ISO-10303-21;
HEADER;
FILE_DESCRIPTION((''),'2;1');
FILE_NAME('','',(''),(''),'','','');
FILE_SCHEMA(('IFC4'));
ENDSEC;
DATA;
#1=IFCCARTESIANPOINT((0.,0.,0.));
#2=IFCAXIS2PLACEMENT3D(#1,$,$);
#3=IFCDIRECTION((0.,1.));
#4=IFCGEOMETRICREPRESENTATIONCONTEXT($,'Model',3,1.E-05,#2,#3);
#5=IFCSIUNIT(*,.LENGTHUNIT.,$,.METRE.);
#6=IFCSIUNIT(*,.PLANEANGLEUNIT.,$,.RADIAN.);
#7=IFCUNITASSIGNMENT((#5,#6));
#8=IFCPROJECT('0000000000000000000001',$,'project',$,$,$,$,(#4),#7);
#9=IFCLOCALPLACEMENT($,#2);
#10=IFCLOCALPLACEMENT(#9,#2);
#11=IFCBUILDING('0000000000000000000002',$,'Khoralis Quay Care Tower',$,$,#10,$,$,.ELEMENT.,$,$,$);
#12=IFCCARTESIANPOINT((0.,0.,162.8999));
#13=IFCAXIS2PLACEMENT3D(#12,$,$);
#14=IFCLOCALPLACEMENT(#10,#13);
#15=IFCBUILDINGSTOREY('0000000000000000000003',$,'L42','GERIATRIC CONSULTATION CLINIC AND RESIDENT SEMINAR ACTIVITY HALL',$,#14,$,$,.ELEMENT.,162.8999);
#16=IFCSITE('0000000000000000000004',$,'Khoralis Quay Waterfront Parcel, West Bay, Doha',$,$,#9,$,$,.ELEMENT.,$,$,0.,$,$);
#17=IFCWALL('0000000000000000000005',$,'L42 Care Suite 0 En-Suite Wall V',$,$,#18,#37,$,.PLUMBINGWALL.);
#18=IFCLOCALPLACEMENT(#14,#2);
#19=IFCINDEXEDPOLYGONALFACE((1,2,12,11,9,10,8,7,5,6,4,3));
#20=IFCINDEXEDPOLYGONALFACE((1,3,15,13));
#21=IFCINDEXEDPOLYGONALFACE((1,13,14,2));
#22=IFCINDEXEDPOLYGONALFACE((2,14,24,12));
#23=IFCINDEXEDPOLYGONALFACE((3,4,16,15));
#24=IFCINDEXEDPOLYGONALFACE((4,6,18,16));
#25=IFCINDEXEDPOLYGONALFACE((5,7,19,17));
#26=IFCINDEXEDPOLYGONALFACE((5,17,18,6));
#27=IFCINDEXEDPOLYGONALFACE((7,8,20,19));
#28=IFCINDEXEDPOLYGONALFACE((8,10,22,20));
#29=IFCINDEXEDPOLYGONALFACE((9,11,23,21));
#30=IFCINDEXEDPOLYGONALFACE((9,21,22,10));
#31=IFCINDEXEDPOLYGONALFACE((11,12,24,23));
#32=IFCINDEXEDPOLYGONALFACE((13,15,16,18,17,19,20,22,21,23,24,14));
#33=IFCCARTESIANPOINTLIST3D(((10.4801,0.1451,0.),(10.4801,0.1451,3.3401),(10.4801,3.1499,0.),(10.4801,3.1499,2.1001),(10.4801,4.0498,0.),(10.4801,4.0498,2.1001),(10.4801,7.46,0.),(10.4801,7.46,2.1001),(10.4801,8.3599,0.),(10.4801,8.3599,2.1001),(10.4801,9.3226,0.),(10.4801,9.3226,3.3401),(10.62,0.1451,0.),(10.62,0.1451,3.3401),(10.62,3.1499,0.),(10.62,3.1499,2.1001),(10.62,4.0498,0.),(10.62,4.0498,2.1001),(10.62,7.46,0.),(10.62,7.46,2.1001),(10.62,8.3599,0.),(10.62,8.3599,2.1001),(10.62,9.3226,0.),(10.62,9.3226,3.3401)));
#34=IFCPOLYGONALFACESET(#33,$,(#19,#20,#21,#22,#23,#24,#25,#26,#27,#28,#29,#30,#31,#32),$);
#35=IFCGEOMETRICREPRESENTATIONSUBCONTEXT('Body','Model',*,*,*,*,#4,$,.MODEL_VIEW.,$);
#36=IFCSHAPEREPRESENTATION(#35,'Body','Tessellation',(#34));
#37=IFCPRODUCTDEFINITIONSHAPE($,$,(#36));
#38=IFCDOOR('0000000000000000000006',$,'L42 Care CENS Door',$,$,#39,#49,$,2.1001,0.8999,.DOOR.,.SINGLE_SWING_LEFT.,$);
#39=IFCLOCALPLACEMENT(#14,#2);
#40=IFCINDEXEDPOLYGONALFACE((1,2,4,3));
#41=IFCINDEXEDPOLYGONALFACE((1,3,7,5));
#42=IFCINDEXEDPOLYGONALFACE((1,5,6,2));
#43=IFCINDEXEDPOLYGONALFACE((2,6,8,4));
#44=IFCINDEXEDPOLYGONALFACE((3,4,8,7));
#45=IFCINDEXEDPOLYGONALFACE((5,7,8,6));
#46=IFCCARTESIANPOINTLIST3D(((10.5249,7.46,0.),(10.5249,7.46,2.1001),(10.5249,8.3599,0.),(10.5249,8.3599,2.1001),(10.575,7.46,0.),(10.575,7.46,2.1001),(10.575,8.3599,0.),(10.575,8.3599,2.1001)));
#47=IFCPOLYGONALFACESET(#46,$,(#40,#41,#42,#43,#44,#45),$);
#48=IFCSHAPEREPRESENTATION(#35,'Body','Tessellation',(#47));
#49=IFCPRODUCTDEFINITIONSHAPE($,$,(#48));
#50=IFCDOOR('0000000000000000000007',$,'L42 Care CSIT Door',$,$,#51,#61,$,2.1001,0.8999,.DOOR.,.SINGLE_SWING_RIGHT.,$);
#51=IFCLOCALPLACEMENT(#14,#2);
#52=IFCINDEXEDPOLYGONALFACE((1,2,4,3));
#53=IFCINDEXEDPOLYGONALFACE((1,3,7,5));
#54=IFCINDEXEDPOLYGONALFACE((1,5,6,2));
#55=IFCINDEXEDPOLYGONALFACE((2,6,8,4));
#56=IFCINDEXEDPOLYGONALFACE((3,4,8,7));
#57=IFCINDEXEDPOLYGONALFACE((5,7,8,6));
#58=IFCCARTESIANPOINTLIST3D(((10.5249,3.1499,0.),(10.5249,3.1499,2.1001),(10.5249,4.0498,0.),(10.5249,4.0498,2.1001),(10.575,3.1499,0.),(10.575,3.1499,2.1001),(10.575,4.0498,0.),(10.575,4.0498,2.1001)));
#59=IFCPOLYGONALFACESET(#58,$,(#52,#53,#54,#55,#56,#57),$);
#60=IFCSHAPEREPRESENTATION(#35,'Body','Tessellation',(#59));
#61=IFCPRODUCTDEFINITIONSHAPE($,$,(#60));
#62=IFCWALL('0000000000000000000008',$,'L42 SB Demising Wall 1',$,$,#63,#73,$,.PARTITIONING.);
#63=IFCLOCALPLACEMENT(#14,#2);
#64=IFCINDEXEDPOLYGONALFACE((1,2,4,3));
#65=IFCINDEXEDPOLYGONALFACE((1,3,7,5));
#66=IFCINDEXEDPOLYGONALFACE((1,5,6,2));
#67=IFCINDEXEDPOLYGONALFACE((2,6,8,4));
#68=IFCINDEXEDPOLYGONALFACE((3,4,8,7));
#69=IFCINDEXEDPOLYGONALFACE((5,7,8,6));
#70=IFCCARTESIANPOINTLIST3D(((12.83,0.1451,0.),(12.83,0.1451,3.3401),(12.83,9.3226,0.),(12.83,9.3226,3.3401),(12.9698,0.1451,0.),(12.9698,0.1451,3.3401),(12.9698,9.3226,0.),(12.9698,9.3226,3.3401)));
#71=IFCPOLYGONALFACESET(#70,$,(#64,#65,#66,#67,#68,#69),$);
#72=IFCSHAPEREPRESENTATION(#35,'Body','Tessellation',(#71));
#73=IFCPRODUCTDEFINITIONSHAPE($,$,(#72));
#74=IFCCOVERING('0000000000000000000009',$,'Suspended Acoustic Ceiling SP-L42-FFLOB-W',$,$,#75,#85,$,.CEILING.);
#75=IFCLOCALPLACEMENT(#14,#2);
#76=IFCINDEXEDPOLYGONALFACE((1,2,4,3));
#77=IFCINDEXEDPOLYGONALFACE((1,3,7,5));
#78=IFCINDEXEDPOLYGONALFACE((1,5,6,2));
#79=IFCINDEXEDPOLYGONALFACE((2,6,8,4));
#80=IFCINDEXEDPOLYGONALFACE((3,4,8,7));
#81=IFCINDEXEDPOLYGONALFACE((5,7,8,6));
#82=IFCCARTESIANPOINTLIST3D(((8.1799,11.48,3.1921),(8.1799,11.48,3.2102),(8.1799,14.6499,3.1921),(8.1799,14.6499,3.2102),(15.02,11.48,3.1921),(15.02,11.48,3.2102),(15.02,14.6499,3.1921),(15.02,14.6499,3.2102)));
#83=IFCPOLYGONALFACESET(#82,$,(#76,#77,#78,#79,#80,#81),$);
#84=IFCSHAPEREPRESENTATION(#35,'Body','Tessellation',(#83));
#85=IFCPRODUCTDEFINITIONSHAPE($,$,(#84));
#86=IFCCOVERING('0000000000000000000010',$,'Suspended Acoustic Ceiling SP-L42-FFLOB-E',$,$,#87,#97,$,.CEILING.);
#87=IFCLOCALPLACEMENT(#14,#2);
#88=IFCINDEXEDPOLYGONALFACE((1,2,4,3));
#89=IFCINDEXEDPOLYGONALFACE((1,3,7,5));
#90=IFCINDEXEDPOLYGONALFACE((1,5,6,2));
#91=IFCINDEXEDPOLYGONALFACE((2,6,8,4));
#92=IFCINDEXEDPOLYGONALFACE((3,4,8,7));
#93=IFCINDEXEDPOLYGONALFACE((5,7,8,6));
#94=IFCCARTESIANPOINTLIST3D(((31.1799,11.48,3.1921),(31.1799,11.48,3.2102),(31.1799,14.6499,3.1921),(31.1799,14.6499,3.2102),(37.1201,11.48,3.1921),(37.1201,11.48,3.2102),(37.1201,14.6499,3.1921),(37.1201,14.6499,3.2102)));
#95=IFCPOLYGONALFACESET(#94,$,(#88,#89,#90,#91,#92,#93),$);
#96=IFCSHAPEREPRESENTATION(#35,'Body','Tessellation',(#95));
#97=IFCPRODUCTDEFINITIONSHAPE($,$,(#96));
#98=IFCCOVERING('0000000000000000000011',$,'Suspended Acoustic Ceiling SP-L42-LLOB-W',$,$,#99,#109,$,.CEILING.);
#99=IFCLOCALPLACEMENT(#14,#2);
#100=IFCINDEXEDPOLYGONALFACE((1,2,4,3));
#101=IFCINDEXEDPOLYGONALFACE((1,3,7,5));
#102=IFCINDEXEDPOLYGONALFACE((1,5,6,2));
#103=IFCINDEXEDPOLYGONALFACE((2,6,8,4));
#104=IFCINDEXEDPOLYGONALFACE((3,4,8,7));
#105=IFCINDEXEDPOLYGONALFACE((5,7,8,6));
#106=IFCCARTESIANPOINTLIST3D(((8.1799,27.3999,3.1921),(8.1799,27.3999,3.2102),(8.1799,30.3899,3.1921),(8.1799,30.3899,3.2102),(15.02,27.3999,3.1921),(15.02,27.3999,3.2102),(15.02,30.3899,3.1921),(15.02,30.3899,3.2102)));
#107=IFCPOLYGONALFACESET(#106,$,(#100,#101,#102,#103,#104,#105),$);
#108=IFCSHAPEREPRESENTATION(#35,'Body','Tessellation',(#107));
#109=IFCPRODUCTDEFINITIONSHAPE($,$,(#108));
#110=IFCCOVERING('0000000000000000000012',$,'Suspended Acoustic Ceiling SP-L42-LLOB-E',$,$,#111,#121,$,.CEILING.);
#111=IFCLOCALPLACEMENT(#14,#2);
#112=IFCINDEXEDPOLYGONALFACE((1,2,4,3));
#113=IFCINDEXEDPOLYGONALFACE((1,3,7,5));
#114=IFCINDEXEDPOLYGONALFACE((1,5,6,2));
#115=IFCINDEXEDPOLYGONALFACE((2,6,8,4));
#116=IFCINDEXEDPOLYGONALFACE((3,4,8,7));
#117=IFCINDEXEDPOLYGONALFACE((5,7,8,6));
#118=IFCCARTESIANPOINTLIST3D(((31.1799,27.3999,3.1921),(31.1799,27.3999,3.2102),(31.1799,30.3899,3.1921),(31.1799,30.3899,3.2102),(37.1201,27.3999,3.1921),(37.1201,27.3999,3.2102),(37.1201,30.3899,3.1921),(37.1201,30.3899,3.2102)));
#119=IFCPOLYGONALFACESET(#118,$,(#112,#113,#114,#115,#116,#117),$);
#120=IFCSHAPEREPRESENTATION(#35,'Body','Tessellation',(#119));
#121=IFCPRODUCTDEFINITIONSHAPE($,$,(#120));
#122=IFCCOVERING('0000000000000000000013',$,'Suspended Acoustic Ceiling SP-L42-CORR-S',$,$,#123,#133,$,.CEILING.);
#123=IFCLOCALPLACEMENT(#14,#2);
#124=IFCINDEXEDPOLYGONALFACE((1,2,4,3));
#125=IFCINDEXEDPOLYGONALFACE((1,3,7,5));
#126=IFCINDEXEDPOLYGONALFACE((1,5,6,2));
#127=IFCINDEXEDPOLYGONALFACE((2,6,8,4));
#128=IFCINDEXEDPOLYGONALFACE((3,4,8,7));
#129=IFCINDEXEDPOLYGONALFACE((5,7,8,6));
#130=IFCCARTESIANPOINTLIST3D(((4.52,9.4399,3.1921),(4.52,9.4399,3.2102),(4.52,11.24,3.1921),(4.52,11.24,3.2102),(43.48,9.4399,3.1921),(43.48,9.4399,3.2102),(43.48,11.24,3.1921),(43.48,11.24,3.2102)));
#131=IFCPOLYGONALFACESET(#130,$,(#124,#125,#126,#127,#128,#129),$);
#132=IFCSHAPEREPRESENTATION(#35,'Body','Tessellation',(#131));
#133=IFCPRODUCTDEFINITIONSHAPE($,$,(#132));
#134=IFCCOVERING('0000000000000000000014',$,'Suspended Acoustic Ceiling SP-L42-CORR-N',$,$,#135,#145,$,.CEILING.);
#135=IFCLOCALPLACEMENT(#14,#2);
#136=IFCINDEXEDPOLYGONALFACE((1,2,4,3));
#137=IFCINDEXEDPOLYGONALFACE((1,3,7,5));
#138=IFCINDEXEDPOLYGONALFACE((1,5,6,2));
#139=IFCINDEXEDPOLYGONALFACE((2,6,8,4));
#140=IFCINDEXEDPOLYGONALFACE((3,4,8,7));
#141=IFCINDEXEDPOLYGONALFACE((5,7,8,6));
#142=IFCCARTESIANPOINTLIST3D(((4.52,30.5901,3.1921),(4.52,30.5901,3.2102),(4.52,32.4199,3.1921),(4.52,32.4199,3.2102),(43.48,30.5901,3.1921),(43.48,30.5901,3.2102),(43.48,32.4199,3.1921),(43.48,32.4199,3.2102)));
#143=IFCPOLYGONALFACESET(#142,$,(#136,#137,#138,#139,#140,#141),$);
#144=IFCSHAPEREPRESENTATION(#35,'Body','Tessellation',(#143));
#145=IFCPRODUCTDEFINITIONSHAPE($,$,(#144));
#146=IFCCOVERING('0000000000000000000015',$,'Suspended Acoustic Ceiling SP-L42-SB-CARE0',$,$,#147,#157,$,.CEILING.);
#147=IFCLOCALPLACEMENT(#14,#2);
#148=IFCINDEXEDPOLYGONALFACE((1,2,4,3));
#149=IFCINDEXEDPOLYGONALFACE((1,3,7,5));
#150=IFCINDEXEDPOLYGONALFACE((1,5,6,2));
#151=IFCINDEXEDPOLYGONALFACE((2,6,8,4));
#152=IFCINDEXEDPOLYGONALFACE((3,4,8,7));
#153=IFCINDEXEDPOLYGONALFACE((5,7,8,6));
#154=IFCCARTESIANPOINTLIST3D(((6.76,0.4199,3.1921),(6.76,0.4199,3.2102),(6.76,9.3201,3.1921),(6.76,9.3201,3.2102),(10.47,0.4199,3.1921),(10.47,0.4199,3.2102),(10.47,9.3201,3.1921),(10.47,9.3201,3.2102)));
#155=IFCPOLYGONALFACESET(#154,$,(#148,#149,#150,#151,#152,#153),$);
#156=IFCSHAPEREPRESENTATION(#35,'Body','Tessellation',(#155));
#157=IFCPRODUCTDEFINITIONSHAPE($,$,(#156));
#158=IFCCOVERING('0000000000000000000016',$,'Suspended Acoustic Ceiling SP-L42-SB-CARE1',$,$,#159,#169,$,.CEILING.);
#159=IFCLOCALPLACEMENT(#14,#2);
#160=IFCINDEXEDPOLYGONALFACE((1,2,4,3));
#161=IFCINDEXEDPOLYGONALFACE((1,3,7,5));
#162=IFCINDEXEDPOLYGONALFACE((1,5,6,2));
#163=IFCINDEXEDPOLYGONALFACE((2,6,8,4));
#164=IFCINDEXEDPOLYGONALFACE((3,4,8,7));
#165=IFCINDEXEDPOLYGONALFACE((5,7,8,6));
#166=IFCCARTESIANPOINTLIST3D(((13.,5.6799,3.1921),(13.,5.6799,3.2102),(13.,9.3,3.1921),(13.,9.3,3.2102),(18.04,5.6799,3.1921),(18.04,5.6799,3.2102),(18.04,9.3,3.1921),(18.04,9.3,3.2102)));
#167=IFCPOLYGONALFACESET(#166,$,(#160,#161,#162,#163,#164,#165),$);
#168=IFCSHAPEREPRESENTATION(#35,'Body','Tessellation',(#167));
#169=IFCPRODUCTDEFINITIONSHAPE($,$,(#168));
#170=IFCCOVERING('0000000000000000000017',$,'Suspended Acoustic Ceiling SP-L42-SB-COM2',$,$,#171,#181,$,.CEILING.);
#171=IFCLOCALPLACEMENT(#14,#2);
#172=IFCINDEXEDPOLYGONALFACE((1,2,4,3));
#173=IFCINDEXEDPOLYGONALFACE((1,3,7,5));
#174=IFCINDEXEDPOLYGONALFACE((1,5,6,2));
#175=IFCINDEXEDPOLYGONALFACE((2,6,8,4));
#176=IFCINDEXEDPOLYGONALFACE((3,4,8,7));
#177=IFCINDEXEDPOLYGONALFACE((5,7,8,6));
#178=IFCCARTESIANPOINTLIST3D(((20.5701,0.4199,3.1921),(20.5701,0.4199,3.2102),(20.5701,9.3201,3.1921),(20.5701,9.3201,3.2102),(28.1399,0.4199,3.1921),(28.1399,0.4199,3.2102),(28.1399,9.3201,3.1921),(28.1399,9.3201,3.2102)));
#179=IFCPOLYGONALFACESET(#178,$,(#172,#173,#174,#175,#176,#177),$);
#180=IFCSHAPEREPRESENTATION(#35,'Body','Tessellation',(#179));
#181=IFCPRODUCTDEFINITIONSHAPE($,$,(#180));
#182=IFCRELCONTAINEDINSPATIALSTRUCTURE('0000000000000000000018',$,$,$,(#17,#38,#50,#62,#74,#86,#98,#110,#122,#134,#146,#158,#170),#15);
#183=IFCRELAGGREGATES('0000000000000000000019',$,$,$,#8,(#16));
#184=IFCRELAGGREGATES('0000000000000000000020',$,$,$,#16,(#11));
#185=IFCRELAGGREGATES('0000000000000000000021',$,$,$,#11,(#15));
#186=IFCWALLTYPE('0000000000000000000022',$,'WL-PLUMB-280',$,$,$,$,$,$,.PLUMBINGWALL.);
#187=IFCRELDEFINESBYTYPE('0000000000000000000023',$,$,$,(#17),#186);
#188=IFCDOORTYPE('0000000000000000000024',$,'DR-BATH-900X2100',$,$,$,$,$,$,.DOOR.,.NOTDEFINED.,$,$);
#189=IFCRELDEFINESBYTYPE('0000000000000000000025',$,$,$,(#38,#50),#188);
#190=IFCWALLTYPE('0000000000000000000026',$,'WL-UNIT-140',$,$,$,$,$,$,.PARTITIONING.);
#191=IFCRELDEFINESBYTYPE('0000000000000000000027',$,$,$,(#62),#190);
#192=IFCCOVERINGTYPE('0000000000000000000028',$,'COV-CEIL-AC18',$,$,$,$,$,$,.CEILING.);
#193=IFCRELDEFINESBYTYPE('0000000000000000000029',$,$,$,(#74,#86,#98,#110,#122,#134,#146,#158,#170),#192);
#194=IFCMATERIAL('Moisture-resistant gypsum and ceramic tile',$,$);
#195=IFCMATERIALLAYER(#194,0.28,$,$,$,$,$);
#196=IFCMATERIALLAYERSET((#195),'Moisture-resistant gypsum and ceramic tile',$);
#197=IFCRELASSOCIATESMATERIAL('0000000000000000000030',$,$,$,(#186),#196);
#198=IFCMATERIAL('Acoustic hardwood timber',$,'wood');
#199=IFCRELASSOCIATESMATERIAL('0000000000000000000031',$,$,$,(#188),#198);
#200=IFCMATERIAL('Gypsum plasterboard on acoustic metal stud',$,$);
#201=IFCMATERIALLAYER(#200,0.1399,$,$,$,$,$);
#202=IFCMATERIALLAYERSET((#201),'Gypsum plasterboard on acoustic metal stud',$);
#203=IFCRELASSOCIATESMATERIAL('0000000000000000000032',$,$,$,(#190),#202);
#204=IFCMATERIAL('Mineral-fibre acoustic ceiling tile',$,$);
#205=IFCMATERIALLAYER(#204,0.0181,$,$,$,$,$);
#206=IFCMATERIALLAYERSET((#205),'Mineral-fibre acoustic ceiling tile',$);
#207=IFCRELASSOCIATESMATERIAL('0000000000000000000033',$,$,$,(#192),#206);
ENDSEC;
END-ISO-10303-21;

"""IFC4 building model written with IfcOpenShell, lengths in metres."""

from ifc_helpers import new_model, si_unit, direction, frame, frame_2d, origin, place, context, subcontext, project, spatial, polyline, rectangle, outline, extrude, source, transform, mapped, material, layer, layer_set, type_object, element, fill, save


model = new_model("IFC4")

# Units and contexts
model_context = context("Model", 3, precision=1e-05, world=origin(), true_north=direction((0.0, 1.0)))
body_context = subcontext(model_context, "Body", "Model", "MODEL_VIEW")
ifc_project = project(units=[si_unit("LENGTHUNIT", "METRE"), si_unit("PLANEANGLEUNIT", "RADIAN")], contexts=[model_context])

# Site, building, storey
site_placement = place(None, origin())
site = spatial("IfcSite", under=ifc_project, at=site_placement, Name="Khoralis Quay Waterfront Parcel, West Bay, Doha", CompositionType="ELEMENT", RefElevation=0.0)
building_placement = place(site_placement, origin())
building = spatial("IfcBuilding", under=site, at=building_placement, Name="Khoralis Quay Care Tower", CompositionType="ELEMENT")
storey_placement = place(building_placement, frame((0.0, 0.0, 162.8999)))
storey = spatial("IfcBuildingStorey", under=building, at=storey_placement, Name="L42", Description="GERIATRIC CONSULTATION CLINIC AND RESIDENT SEMINAR ACTIVITY HALL", CompositionType="ELEMENT", Elevation=162.8999)

# Wall, openings, doors
ifc_material_1 = material(Name="Moisture-resistant gypsum and ceramic tile")
ifc_layer_1 = layer(ifc_material_1, 0.28)
ifc_layer_set_1 = layer_set([ifc_layer_1], Name="Moisture-resistant gypsum and ceramic tile")
wall_type_1 = type_object("IfcWallType", Name="WL-PLUMB-280", PredefinedType="PLUMBINGWALL", material=ifc_layer_set_1)
wall_1_placement = place(storey_placement, frame((10.55, 0.145, 0.0), z_axis=(0.0, 0.0, 1.0), x_axis=(0.0, 1.0, 0.0)))
wall_1 = element("IfcWall", 1, at=wall_1_placement, inside=storey, type_object=wall_type_1, Name="L42 Care Suite 0 En-Suite Wall V", PredefinedType="PLUMBINGWALL", context=body_context, shape_type="SweptSolid", body=[
    extrude(rectangle(XDim=9.1775, YDim=0.1399, at=frame_2d((4.5889, 0.0))), origin(), (0.0, 0.0, 1.0), 3.3401),
])
opening_1_placement = place(wall_1_placement, frame((7.3149, 0.0, 0.0)))
opening_1 = element("IfcOpeningElement", 2, at=opening_1_placement, cuts=wall_1, PredefinedType="OPENING", context=body_context, shape_type="SweptSolid", body=[
    extrude(rectangle(XDim=0.8999, YDim=2.1001, at=frame_2d((0.45, 1.05))), frame((0.0, 0.0801, 0.0), z_axis=(0.0, -1.0, 0.0), x_axis=(1.0, 0.0, 0.0)), (0.0, 0.0, 1.0), 0.1599),
])
opening_2_placement = place(wall_1_placement, frame((3.0049, 0.0, 0.0)))
opening_2 = element("IfcOpeningElement", 3, at=opening_2_placement, cuts=wall_1, PredefinedType="OPENING", context=body_context, shape_type="SweptSolid", body=[
    extrude(rectangle(XDim=0.8999, YDim=2.1001, at=frame_2d((0.45, 1.05))), frame((0.0, 0.0801, 0.0), z_axis=(0.0, -1.0, 0.0), x_axis=(1.0, 0.0, 0.0)), (0.0, 0.0, 1.0), 0.1599),
])
ifc_material_2 = material(Name="Acoustic hardwood timber", Category="wood")
door_type = type_object("IfcDoorType", Name="DR-BATH-900X2100", OperationType="NOTDEFINED", PredefinedType="DOOR", material=ifc_material_2)
shared_shape = source(origin(), body_context, "Body", "SweptSolid", [
    extrude(rectangle(XDim=0.8999, YDim=2.1001, at=frame_2d((0.45, 1.05))), frame((0.0, 0.0249, 0.0), z_axis=(0.0, -1.0, 0.0), x_axis=(1.0, 0.0, 0.0)), (0.0, 0.0, 1.0), 0.05),
])
door_1_placement = place(opening_1_placement, frame((0.8999, 0.0, 0.0), z_axis=(0.0, 0.0, 1.0), x_axis=(-1.0, 0.0, 0.0)))
door_1 = element("IfcDoor", 4, at=door_1_placement, inside=storey, type_object=door_type, Name="L42 Care CENS Door", OperationType="SINGLE_SWING_LEFT", OverallHeight=2.1001, OverallWidth=0.8999, PredefinedType="DOOR", context=body_context, shape_type="MappedRepresentation", body=[
    mapped(shared_shape, transform((0.0, 0.0, 0.0), scale=1.0)),
])
fill(opening_1, door_1)
door_2_placement = place(opening_2_placement, frame((0.8999, 0.0, 0.0), z_axis=(0.0, 0.0, 1.0), x_axis=(-1.0, 0.0, 0.0)))
door_2 = element("IfcDoor", 5, at=door_2_placement, inside=storey, type_object=door_type, Name="L42 Care CSIT Door", OperationType="SINGLE_SWING_RIGHT", OverallHeight=2.1001, OverallWidth=0.8999, PredefinedType="DOOR", context=body_context, shape_type="MappedRepresentation", body=[
    mapped(shared_shape, transform((0.0, 0.0, 0.0), scale=1.0)),
])
fill(opening_2, door_2)

# Wall
ifc_material_3 = material(Name="Gypsum plasterboard on acoustic metal stud")
ifc_layer_2 = layer(ifc_material_3, 0.1399)
ifc_layer_set_2 = layer_set([ifc_layer_2], Name="Gypsum plasterboard on acoustic metal stud")
wall_type_2 = type_object("IfcWallType", Name="WL-UNIT-140", PredefinedType="PARTITIONING", material=ifc_layer_set_2)
wall_2_placement = place(storey_placement, frame((12.8999, 0.145, 0.0), z_axis=(0.0, 0.0, 1.0), x_axis=(0.0, 1.0, 0.0)))
element("IfcWall", 6, at=wall_2_placement, inside=storey, type_object=wall_type_2, Name="L42 SB Demising Wall 1", PredefinedType="PARTITIONING", context=body_context, shape_type="SweptSolid", body=[
    extrude(rectangle(XDim=9.1775, YDim=0.1399, at=frame_2d((4.5889, 0.0))), origin(), (0.0, 0.0, 1.0), 3.3401),
])

# Coverings
ifc_material_4 = material(Name="Mineral-fibre acoustic ceiling tile")
ifc_layer_3 = layer(ifc_material_4, 0.0181)
ifc_layer_set_3 = layer_set([ifc_layer_3], Name="Mineral-fibre acoustic ceiling tile")
covering_type_1 = type_object("IfcCoveringType", Name="COV-CEIL-AC18", PredefinedType="CEILING", material=ifc_layer_set_3)
covering_1_placement = place(storey_placement, frame((0.0, 0.0, 3.1921)))
element("IfcCovering", 7, at=covering_1_placement, inside=storey, type_object=covering_type_1, Name="Suspended Acoustic Ceiling SP-L42-FFLOB-W", PredefinedType="CEILING", context=body_context, shape_type="SweptSolid", body=[
    extrude(outline(polyline([(8.1799, 11.48), (15.02, 11.48), (15.02, 14.6499), (8.1799, 14.6499), (8.1799, 11.48)])), origin(), (0.0, 0.0, 1.0), 0.0181),
])
covering_2_placement = place(storey_placement, frame((0.0, 0.0, 3.1921)))
element("IfcCovering", 8, at=covering_2_placement, inside=storey, type_object=covering_type_1, Name="Suspended Acoustic Ceiling SP-L42-FFLOB-E", PredefinedType="CEILING", context=body_context, shape_type="SweptSolid", body=[
    extrude(outline(polyline([(31.1799, 11.48), (37.1201, 11.48), (37.1201, 14.6499), (31.1799, 14.6499), (31.1799, 11.48)])), origin(), (0.0, 0.0, 1.0), 0.0181),
])
covering_3_placement = place(storey_placement, frame((0.0, 0.0, 3.1921)))
element("IfcCovering", 9, at=covering_3_placement, inside=storey, type_object=covering_type_1, Name="Suspended Acoustic Ceiling SP-L42-LLOB-W", PredefinedType="CEILING", context=body_context, shape_type="SweptSolid", body=[
    extrude(outline(polyline([(8.1799, 27.3999), (15.02, 27.3999), (15.02, 30.3899), (8.1799, 30.3899), (8.1799, 27.3999)])), origin(), (0.0, 0.0, 1.0), 0.0181),
])
covering_4_placement = place(storey_placement, frame((0.0, 0.0, 3.1921)))
element("IfcCovering", 10, at=covering_4_placement, inside=storey, type_object=covering_type_1, Name="Suspended Acoustic Ceiling SP-L42-LLOB-E", PredefinedType="CEILING", context=body_context, shape_type="SweptSolid", body=[
    extrude(outline(polyline([(31.1799, 27.3999), (37.1201, 27.3999), (37.1201, 30.3899), (31.1799, 30.3899), (31.1799, 27.3999)])), origin(), (0.0, 0.0, 1.0), 0.0181),
])
covering_5_placement = place(storey_placement, frame((0.0, 0.0, 3.1921)))
element("IfcCovering", 11, at=covering_5_placement, inside=storey, type_object=covering_type_1, Name="Suspended Acoustic Ceiling SP-L42-CORR-S", PredefinedType="CEILING", context=body_context, shape_type="SweptSolid", body=[
    extrude(outline(polyline([(4.52, 9.4399), (43.48, 9.4399), (43.48, 11.24), (4.52, 11.24), (4.52, 9.4399)])), origin(), (0.0, 0.0, 1.0), 0.0181),
])
covering_6_placement = place(storey_placement, frame((0.0, 0.0, 3.1921)))
element("IfcCovering", 12, at=covering_6_placement, inside=storey, type_object=covering_type_1, Name="Suspended Acoustic Ceiling SP-L42-CORR-N", PredefinedType="CEILING", context=body_context, shape_type="SweptSolid", body=[
    extrude(outline(polyline([(4.52, 30.5901), (43.48, 30.5901), (43.48, 32.4199), (4.52, 32.4199), (4.52, 30.5901)])), origin(), (0.0, 0.0, 1.0), 0.0181),
])
covering_7_placement = place(storey_placement, frame((0.0, 0.0, 3.1921)))
element("IfcCovering", 13, at=covering_7_placement, inside=storey, type_object=covering_type_1, Name="Suspended Acoustic Ceiling SP-L42-SB-CARE0", PredefinedType="CEILING", context=body_context, shape_type="SweptSolid", body=[
    extrude(outline(polyline([(6.76, 0.4199), (10.47, 0.4199), (10.47, 9.3201), (6.76, 9.3201), (6.76, 0.4199)])), origin(), (0.0, 0.0, 1.0), 0.0181),
])
covering_8_placement = place(storey_placement, frame((0.0, 0.0, 3.1921)))
element("IfcCovering", 14, at=covering_8_placement, inside=storey, type_object=covering_type_1, Name="Suspended Acoustic Ceiling SP-L42-SB-CARE1", PredefinedType="CEILING", context=body_context, shape_type="SweptSolid", body=[
    extrude(outline(polyline([(13.0, 5.6799), (18.04, 5.6799), (18.04, 9.3), (13.0, 9.3), (13.0, 5.6799)])), origin(), (0.0, 0.0, 1.0), 0.0181),
])
covering_9_placement = place(storey_placement, frame((0.0, 0.0, 3.1921)))
element("IfcCovering", 15, at=covering_9_placement, inside=storey, type_object=covering_type_1, Name="Suspended Acoustic Ceiling SP-L42-SB-COM2", PredefinedType="CEILING", context=body_context, shape_type="SweptSolid", body=[
    extrude(outline(polyline([(20.5701, 0.4199), (28.1399, 0.4199), (28.1399, 9.3201), (20.5701, 9.3201), (20.5701, 0.4199)])), origin(), (0.0, 0.0, 1.0), 0.0181),
])

save(model, "model.ifc")
